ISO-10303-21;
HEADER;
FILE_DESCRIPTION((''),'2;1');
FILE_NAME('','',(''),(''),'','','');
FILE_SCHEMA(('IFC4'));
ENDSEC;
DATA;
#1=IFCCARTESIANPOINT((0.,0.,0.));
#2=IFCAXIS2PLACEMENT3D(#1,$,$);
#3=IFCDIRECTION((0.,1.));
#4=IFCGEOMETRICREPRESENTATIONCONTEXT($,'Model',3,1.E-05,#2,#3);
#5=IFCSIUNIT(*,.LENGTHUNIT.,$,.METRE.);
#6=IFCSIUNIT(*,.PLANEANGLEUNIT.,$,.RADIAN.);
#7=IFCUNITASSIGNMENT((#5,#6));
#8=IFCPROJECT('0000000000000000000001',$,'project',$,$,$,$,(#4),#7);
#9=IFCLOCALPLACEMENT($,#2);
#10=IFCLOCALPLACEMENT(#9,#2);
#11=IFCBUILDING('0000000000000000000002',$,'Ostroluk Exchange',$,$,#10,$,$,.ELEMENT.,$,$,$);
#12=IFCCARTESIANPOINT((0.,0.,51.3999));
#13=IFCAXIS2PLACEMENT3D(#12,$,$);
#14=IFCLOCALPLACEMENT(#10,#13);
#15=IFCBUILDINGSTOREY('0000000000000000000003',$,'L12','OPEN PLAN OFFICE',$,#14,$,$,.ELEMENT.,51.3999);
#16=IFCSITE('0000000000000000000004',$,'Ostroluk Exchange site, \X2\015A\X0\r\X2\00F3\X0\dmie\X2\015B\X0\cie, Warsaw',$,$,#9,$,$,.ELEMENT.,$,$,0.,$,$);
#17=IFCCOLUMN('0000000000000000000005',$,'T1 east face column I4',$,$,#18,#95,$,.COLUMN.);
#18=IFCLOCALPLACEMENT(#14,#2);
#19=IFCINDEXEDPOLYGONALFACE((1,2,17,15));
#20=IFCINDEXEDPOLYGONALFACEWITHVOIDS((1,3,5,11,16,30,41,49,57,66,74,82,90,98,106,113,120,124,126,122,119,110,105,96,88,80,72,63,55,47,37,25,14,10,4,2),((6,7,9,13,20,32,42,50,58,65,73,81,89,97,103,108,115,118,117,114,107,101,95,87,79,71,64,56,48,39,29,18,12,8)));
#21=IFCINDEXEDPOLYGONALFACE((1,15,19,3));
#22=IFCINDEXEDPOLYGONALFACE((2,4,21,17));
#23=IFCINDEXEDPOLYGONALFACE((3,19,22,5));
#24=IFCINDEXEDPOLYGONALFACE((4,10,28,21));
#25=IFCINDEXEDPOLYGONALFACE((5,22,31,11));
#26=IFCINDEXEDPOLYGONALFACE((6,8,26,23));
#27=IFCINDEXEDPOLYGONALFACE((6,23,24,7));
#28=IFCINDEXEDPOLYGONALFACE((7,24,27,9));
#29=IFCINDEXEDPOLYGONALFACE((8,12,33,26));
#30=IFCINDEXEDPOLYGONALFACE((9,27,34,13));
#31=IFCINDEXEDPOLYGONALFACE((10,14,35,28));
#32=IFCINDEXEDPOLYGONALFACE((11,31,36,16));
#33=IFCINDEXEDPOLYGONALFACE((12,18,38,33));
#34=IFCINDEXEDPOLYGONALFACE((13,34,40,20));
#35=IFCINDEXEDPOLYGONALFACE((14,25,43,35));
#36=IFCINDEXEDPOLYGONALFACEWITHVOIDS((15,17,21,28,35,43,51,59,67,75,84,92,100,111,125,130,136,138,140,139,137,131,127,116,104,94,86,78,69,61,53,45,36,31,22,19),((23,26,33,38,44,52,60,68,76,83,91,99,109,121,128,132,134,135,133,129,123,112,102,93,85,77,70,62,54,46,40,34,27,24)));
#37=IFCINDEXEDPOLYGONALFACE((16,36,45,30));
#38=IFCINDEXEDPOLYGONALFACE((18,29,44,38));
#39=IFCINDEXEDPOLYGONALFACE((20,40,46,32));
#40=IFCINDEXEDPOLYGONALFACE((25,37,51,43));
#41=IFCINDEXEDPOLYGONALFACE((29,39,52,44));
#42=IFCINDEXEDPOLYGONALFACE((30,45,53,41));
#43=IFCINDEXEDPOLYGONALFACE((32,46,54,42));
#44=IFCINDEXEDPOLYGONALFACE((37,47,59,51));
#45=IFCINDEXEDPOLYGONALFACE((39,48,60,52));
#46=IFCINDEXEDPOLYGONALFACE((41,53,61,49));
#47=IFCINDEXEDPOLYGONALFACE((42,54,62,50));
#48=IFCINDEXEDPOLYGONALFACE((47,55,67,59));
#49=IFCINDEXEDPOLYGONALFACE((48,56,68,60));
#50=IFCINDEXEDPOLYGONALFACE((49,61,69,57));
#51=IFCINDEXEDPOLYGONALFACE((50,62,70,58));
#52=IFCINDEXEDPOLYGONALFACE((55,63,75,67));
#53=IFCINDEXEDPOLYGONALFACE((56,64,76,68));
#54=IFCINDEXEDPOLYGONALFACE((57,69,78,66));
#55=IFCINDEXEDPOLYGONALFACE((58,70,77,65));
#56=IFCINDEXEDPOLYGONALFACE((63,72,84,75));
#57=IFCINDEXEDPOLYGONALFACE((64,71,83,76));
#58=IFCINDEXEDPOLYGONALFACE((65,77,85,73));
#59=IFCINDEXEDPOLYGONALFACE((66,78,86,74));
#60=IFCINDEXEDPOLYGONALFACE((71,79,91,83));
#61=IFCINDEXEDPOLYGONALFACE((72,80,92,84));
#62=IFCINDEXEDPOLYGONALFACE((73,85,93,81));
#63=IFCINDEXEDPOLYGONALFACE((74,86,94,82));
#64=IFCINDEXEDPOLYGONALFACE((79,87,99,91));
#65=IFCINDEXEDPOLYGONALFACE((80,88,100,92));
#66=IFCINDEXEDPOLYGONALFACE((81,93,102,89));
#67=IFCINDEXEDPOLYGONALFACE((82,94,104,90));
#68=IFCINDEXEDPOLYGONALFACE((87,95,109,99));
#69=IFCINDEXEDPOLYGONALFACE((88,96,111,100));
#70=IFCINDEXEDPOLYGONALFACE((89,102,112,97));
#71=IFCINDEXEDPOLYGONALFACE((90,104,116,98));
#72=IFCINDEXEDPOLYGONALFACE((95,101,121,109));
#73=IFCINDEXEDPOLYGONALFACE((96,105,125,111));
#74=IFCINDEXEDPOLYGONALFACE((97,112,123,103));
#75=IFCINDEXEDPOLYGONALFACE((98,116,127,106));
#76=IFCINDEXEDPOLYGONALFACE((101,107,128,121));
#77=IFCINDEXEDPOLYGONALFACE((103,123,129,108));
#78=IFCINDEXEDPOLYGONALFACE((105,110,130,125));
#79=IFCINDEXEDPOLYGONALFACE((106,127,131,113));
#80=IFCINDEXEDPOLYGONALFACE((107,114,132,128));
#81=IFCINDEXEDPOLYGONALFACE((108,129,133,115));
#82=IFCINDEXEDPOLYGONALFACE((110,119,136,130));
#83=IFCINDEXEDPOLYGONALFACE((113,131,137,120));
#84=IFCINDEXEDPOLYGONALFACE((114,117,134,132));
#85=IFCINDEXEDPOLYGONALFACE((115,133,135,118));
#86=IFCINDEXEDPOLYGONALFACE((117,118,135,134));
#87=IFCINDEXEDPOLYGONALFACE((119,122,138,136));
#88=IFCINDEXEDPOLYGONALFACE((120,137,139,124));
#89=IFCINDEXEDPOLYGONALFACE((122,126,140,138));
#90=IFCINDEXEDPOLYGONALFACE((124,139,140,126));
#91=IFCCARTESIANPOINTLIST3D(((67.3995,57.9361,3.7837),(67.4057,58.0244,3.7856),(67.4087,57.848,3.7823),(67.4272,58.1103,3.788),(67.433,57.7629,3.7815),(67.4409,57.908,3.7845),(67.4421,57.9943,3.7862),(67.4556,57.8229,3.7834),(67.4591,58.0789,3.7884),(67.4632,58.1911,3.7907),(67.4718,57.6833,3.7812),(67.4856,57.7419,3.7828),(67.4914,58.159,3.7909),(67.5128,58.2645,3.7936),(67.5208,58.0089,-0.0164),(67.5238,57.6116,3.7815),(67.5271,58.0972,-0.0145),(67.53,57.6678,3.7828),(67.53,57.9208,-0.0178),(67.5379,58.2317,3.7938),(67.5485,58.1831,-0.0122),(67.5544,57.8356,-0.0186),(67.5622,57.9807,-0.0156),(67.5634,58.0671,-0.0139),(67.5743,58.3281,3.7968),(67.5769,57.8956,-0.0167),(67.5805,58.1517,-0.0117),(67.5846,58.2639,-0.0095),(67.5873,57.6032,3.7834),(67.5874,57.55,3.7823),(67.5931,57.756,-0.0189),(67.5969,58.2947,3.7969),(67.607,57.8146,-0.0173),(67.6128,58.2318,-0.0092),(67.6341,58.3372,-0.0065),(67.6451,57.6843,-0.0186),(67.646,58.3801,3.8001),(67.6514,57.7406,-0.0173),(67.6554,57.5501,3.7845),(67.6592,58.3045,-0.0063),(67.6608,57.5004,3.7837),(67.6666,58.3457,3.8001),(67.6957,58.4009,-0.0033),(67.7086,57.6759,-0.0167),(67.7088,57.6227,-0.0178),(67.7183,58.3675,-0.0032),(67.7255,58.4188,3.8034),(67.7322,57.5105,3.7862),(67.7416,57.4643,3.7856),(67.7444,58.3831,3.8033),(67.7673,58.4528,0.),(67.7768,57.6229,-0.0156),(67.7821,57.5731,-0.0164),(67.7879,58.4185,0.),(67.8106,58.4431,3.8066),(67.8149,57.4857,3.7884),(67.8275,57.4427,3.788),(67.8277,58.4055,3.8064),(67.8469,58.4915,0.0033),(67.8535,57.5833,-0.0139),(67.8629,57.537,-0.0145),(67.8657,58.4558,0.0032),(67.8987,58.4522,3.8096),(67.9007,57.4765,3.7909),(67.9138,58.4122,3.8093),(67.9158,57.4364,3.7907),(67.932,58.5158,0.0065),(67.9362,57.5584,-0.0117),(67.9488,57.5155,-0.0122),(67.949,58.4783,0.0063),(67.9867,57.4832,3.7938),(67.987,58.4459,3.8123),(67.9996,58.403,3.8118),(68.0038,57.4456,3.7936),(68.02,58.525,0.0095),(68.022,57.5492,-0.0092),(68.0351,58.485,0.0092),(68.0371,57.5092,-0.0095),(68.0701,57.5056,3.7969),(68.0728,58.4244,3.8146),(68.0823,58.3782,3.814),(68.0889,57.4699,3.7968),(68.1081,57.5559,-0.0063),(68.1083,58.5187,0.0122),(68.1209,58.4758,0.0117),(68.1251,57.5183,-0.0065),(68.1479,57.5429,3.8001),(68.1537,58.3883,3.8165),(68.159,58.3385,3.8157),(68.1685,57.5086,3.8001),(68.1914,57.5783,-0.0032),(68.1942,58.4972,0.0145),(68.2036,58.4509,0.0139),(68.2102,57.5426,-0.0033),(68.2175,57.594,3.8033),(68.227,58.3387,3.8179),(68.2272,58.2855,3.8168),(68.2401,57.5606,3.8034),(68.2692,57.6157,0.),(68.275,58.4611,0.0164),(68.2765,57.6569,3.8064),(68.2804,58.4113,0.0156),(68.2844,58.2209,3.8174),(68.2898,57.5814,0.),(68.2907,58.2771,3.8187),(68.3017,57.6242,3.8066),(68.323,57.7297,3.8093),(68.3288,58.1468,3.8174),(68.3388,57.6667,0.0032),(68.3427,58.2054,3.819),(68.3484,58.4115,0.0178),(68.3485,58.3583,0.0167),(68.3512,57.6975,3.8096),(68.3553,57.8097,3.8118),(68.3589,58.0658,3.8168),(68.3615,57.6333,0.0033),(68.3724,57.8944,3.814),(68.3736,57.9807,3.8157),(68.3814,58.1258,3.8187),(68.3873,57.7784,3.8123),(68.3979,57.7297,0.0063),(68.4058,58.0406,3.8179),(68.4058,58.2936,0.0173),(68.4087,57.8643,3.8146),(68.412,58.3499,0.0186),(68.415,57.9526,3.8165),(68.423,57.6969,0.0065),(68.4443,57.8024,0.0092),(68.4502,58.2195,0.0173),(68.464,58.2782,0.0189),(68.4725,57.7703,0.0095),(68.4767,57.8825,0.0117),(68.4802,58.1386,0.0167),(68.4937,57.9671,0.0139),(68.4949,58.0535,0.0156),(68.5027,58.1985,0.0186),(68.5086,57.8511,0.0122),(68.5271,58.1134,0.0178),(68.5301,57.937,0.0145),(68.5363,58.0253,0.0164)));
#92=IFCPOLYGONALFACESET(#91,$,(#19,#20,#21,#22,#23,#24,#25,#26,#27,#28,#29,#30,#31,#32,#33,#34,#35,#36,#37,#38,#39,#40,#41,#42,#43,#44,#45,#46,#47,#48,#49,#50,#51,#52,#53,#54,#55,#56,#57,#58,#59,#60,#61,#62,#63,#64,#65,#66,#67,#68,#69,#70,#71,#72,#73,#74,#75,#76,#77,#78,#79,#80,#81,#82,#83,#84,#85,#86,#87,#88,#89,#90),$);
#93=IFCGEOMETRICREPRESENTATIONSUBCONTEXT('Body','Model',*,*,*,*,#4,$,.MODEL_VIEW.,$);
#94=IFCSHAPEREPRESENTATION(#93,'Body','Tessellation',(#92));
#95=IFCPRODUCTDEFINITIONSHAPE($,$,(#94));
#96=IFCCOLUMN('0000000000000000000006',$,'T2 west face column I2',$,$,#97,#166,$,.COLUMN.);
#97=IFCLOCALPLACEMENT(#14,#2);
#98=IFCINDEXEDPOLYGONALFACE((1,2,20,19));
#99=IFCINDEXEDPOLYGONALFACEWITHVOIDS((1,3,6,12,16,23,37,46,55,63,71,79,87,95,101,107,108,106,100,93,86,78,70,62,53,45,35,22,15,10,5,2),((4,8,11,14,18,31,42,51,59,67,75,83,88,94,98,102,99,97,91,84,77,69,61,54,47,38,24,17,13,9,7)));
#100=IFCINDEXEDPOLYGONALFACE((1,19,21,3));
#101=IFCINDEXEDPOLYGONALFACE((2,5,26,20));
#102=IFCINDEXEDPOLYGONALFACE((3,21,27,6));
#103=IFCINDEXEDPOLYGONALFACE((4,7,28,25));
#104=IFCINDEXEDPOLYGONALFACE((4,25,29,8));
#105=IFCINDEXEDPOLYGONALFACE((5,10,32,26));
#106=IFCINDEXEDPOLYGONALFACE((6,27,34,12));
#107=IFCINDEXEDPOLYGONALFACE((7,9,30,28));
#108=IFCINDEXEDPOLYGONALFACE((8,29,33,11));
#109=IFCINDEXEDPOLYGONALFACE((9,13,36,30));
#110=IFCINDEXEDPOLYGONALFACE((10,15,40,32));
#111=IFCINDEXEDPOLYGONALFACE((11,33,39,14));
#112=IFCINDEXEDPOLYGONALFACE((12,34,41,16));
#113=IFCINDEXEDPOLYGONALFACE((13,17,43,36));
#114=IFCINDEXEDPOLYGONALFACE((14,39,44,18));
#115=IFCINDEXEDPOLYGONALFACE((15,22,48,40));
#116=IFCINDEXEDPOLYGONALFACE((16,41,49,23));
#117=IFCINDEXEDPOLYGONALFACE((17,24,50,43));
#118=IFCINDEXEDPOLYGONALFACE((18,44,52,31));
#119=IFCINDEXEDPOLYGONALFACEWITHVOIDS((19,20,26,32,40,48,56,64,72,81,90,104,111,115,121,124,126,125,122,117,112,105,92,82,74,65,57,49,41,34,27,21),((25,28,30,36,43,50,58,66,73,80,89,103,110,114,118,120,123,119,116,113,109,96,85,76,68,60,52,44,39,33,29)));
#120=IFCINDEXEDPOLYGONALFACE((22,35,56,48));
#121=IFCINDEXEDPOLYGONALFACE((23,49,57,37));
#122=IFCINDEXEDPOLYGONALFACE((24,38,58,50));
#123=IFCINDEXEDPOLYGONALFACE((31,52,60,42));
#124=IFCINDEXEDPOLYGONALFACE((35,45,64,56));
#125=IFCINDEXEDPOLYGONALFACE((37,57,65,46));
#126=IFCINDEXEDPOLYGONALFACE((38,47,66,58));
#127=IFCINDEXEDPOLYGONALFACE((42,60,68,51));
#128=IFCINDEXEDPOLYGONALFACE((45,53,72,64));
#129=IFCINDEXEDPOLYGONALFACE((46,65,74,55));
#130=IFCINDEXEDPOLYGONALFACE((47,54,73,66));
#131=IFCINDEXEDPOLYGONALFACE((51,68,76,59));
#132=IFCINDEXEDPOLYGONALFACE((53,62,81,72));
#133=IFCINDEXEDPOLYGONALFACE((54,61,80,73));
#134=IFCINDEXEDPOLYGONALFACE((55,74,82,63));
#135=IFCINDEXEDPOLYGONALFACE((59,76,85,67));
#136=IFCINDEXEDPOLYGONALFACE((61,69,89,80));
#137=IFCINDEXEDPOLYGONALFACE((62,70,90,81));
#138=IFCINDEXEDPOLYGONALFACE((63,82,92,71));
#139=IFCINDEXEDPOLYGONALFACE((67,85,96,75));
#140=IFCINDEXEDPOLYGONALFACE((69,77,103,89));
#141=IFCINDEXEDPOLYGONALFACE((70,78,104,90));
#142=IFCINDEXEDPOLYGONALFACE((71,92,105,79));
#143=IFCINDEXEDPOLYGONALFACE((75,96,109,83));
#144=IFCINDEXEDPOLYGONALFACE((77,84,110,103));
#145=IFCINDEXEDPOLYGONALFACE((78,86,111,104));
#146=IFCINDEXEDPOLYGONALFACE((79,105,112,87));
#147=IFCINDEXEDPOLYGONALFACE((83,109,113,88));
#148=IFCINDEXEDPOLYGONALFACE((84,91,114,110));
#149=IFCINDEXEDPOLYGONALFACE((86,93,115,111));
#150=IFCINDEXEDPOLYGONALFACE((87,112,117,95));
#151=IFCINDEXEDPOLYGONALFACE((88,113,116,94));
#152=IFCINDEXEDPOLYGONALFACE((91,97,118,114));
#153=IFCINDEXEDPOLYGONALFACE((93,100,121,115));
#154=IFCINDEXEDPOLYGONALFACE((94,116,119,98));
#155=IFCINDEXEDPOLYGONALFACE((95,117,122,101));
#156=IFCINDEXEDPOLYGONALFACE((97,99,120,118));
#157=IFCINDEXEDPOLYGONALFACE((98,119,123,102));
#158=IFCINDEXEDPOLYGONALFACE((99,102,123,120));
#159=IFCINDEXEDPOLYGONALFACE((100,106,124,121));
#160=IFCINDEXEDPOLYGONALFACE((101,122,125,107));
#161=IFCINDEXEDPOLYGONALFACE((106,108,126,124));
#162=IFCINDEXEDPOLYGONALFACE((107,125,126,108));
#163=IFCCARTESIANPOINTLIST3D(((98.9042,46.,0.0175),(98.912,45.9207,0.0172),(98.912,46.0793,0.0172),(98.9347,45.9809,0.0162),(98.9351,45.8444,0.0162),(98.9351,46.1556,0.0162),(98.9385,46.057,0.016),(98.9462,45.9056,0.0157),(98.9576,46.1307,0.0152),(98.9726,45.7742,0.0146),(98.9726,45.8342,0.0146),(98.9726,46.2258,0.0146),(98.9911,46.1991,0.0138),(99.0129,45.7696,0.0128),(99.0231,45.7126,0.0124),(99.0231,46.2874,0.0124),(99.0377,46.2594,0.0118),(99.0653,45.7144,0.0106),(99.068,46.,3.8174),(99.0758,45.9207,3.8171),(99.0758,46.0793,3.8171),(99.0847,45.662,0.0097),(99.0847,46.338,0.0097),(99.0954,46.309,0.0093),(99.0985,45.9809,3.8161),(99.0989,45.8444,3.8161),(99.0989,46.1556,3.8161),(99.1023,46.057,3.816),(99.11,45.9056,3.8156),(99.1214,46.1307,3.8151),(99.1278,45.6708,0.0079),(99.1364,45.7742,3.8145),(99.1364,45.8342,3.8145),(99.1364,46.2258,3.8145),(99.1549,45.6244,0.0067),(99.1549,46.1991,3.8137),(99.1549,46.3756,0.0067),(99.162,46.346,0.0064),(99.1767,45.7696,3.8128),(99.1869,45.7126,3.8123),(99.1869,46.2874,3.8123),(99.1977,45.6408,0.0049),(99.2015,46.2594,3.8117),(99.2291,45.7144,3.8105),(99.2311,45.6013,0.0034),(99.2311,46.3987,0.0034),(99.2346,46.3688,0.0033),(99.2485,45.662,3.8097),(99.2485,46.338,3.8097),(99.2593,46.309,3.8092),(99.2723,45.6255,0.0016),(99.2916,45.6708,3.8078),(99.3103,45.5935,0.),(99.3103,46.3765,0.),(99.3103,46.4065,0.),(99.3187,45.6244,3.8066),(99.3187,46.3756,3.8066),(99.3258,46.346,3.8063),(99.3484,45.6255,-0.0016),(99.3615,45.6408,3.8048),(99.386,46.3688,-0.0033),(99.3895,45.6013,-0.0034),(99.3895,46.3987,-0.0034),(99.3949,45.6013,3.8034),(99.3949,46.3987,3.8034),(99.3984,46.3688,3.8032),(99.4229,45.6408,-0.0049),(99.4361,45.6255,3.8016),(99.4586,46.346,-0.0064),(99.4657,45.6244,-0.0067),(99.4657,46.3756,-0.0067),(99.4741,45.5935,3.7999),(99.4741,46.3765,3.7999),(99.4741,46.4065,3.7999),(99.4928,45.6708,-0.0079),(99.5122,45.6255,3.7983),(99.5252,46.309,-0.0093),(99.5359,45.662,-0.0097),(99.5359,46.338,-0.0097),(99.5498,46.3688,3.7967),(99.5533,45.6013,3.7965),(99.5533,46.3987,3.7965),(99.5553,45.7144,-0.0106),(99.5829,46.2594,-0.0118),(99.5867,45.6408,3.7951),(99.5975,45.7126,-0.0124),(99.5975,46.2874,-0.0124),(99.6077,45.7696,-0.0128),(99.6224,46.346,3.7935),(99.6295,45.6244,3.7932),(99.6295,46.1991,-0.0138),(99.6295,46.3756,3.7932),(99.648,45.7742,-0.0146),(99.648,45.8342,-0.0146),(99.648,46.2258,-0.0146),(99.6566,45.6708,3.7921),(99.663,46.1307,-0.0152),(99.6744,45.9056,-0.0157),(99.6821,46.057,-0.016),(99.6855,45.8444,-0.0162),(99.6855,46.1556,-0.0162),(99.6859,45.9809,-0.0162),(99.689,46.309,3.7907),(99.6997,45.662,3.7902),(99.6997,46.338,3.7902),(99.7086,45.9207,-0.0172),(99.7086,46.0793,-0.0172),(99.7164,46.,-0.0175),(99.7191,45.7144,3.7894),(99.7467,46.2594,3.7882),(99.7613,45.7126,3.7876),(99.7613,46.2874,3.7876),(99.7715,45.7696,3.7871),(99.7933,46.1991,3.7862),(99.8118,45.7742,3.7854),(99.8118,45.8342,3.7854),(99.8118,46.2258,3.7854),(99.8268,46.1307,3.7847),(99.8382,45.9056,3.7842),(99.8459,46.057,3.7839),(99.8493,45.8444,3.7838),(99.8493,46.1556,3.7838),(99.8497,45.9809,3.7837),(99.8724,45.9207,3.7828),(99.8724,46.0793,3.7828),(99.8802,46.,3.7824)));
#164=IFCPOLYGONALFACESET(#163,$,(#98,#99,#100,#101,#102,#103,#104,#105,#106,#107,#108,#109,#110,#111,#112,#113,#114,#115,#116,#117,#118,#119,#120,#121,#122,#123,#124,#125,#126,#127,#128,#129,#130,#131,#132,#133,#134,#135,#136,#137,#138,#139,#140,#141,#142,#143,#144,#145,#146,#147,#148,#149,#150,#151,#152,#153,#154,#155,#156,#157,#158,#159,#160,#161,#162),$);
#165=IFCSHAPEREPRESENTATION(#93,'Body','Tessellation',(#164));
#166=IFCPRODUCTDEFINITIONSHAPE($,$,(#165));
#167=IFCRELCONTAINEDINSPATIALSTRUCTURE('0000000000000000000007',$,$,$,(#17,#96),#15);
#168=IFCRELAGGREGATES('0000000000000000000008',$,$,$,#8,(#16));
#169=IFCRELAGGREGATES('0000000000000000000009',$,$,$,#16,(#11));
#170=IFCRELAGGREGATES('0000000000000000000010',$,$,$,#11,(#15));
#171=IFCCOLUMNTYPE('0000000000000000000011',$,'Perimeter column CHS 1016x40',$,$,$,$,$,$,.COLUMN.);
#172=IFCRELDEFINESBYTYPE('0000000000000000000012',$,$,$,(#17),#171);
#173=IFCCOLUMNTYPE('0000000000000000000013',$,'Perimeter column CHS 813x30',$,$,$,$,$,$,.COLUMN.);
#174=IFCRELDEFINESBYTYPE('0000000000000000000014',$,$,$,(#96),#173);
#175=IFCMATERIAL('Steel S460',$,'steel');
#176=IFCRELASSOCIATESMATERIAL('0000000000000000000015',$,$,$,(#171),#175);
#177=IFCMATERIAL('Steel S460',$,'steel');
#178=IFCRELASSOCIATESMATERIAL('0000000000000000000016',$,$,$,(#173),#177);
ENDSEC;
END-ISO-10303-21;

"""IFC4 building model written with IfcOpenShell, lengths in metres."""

from ifc_helpers import new_model, si_unit, direction, frame, origin, origin_2d, place, context, subcontext, project, spatial, hollow_circle, extrude, material, material_profile, profile_set, type_object, element, save


model = new_model("IFC4")

# Units and contexts
model_context = context("Model", 3, precision=1e-05, world=origin(), true_north=direction((0.0, 1.0)))
body_context = subcontext(model_context, "Body", "Model", "MODEL_VIEW")
ifc_project = project(units=[si_unit("LENGTHUNIT", "METRE"), si_unit("PLANEANGLEUNIT", "RADIAN")], contexts=[model_context])

# Site, building, storey
site_placement = place(None, origin())
site = spatial("IfcSite", under=ifc_project, at=site_placement, Name="Ostroluk Exchange site, Śródmieście, Warsaw", CompositionType="ELEMENT", RefElevation=0.0)
building_placement = place(site_placement, origin())
building = spatial("IfcBuilding", under=site, at=building_placement, Name="Ostroluk Exchange", CompositionType="ELEMENT")
storey_placement = place(building_placement, frame((0.0, 0.0, 51.3999)))
storey = spatial("IfcBuildingStorey", under=building, at=storey_placement, Name="L12", Description="OPEN PLAN OFFICE", CompositionType="ELEMENT", Elevation=51.3999)

# Columns
ifc_material_1 = material(Name="Steel S460", Category="steel")
ifc_material_profile_1 = material_profile(ifc_material_1, hollow_circle(Radius=0.5081, WallThickness=0.04, at=origin_2d()), Name="CHS 1016x40")
ifc_profile_set_1 = profile_set([ifc_material_profile_1], Name="Steel S460")
column_type_1 = type_object("IfcColumnType", Name="Perimeter column CHS 1016x40", PredefinedType="COLUMN", material=ifc_profile_set_1)
column_1_placement = place(storey_placement, frame((68.0286, 58.0171, 0.0), z_axis=(-0.031909, -0.019132, 0.999308), x_axis=(0.514242, -0.857645, 0.0)))
element("IfcColumn", 1, at=column_1_placement, inside=storey, type_object=column_type_1, Name="T1 east face column I4", PredefinedType="COLUMN", context=body_context, shape_type="SweptSolid", body=[
    extrude(hollow_circle(Radius=0.5081, WallThickness=0.04, at=origin_2d()), origin(), (0.0, 0.0, 1.0), 3.8027),
])
ifc_material_2 = material(Name="Steel S460", Category="steel")
ifc_material_profile_2 = material_profile(ifc_material_2, hollow_circle(Radius=0.4065, WallThickness=0.03, at=origin_2d()), Name="CHS 813x30")
ifc_profile_set_2 = profile_set([ifc_material_profile_2], Name="Steel S460")
column_type_2 = type_object("IfcColumnType", Name="Perimeter column CHS 813x30", PredefinedType="COLUMN", material=ifc_profile_set_2)
column_2_placement = place(storey_placement, frame((99.3103, 46.0, 0.0), z_axis=(0.04307, 0.0, 0.999072), x_axis=(0.0, 1.0, 0.0)))
element("IfcColumn", 2, at=column_2_placement, inside=storey, type_object=column_type_2, Name="T2 west face column I2", PredefinedType="COLUMN", context=body_context, shape_type="SweptSolid", body=[
    extrude(hollow_circle(Radius=0.4065, WallThickness=0.03, at=origin_2d()), origin(), (0.0, 0.0, 1.0), 3.8035),
])

save(model, "model.ifc")
